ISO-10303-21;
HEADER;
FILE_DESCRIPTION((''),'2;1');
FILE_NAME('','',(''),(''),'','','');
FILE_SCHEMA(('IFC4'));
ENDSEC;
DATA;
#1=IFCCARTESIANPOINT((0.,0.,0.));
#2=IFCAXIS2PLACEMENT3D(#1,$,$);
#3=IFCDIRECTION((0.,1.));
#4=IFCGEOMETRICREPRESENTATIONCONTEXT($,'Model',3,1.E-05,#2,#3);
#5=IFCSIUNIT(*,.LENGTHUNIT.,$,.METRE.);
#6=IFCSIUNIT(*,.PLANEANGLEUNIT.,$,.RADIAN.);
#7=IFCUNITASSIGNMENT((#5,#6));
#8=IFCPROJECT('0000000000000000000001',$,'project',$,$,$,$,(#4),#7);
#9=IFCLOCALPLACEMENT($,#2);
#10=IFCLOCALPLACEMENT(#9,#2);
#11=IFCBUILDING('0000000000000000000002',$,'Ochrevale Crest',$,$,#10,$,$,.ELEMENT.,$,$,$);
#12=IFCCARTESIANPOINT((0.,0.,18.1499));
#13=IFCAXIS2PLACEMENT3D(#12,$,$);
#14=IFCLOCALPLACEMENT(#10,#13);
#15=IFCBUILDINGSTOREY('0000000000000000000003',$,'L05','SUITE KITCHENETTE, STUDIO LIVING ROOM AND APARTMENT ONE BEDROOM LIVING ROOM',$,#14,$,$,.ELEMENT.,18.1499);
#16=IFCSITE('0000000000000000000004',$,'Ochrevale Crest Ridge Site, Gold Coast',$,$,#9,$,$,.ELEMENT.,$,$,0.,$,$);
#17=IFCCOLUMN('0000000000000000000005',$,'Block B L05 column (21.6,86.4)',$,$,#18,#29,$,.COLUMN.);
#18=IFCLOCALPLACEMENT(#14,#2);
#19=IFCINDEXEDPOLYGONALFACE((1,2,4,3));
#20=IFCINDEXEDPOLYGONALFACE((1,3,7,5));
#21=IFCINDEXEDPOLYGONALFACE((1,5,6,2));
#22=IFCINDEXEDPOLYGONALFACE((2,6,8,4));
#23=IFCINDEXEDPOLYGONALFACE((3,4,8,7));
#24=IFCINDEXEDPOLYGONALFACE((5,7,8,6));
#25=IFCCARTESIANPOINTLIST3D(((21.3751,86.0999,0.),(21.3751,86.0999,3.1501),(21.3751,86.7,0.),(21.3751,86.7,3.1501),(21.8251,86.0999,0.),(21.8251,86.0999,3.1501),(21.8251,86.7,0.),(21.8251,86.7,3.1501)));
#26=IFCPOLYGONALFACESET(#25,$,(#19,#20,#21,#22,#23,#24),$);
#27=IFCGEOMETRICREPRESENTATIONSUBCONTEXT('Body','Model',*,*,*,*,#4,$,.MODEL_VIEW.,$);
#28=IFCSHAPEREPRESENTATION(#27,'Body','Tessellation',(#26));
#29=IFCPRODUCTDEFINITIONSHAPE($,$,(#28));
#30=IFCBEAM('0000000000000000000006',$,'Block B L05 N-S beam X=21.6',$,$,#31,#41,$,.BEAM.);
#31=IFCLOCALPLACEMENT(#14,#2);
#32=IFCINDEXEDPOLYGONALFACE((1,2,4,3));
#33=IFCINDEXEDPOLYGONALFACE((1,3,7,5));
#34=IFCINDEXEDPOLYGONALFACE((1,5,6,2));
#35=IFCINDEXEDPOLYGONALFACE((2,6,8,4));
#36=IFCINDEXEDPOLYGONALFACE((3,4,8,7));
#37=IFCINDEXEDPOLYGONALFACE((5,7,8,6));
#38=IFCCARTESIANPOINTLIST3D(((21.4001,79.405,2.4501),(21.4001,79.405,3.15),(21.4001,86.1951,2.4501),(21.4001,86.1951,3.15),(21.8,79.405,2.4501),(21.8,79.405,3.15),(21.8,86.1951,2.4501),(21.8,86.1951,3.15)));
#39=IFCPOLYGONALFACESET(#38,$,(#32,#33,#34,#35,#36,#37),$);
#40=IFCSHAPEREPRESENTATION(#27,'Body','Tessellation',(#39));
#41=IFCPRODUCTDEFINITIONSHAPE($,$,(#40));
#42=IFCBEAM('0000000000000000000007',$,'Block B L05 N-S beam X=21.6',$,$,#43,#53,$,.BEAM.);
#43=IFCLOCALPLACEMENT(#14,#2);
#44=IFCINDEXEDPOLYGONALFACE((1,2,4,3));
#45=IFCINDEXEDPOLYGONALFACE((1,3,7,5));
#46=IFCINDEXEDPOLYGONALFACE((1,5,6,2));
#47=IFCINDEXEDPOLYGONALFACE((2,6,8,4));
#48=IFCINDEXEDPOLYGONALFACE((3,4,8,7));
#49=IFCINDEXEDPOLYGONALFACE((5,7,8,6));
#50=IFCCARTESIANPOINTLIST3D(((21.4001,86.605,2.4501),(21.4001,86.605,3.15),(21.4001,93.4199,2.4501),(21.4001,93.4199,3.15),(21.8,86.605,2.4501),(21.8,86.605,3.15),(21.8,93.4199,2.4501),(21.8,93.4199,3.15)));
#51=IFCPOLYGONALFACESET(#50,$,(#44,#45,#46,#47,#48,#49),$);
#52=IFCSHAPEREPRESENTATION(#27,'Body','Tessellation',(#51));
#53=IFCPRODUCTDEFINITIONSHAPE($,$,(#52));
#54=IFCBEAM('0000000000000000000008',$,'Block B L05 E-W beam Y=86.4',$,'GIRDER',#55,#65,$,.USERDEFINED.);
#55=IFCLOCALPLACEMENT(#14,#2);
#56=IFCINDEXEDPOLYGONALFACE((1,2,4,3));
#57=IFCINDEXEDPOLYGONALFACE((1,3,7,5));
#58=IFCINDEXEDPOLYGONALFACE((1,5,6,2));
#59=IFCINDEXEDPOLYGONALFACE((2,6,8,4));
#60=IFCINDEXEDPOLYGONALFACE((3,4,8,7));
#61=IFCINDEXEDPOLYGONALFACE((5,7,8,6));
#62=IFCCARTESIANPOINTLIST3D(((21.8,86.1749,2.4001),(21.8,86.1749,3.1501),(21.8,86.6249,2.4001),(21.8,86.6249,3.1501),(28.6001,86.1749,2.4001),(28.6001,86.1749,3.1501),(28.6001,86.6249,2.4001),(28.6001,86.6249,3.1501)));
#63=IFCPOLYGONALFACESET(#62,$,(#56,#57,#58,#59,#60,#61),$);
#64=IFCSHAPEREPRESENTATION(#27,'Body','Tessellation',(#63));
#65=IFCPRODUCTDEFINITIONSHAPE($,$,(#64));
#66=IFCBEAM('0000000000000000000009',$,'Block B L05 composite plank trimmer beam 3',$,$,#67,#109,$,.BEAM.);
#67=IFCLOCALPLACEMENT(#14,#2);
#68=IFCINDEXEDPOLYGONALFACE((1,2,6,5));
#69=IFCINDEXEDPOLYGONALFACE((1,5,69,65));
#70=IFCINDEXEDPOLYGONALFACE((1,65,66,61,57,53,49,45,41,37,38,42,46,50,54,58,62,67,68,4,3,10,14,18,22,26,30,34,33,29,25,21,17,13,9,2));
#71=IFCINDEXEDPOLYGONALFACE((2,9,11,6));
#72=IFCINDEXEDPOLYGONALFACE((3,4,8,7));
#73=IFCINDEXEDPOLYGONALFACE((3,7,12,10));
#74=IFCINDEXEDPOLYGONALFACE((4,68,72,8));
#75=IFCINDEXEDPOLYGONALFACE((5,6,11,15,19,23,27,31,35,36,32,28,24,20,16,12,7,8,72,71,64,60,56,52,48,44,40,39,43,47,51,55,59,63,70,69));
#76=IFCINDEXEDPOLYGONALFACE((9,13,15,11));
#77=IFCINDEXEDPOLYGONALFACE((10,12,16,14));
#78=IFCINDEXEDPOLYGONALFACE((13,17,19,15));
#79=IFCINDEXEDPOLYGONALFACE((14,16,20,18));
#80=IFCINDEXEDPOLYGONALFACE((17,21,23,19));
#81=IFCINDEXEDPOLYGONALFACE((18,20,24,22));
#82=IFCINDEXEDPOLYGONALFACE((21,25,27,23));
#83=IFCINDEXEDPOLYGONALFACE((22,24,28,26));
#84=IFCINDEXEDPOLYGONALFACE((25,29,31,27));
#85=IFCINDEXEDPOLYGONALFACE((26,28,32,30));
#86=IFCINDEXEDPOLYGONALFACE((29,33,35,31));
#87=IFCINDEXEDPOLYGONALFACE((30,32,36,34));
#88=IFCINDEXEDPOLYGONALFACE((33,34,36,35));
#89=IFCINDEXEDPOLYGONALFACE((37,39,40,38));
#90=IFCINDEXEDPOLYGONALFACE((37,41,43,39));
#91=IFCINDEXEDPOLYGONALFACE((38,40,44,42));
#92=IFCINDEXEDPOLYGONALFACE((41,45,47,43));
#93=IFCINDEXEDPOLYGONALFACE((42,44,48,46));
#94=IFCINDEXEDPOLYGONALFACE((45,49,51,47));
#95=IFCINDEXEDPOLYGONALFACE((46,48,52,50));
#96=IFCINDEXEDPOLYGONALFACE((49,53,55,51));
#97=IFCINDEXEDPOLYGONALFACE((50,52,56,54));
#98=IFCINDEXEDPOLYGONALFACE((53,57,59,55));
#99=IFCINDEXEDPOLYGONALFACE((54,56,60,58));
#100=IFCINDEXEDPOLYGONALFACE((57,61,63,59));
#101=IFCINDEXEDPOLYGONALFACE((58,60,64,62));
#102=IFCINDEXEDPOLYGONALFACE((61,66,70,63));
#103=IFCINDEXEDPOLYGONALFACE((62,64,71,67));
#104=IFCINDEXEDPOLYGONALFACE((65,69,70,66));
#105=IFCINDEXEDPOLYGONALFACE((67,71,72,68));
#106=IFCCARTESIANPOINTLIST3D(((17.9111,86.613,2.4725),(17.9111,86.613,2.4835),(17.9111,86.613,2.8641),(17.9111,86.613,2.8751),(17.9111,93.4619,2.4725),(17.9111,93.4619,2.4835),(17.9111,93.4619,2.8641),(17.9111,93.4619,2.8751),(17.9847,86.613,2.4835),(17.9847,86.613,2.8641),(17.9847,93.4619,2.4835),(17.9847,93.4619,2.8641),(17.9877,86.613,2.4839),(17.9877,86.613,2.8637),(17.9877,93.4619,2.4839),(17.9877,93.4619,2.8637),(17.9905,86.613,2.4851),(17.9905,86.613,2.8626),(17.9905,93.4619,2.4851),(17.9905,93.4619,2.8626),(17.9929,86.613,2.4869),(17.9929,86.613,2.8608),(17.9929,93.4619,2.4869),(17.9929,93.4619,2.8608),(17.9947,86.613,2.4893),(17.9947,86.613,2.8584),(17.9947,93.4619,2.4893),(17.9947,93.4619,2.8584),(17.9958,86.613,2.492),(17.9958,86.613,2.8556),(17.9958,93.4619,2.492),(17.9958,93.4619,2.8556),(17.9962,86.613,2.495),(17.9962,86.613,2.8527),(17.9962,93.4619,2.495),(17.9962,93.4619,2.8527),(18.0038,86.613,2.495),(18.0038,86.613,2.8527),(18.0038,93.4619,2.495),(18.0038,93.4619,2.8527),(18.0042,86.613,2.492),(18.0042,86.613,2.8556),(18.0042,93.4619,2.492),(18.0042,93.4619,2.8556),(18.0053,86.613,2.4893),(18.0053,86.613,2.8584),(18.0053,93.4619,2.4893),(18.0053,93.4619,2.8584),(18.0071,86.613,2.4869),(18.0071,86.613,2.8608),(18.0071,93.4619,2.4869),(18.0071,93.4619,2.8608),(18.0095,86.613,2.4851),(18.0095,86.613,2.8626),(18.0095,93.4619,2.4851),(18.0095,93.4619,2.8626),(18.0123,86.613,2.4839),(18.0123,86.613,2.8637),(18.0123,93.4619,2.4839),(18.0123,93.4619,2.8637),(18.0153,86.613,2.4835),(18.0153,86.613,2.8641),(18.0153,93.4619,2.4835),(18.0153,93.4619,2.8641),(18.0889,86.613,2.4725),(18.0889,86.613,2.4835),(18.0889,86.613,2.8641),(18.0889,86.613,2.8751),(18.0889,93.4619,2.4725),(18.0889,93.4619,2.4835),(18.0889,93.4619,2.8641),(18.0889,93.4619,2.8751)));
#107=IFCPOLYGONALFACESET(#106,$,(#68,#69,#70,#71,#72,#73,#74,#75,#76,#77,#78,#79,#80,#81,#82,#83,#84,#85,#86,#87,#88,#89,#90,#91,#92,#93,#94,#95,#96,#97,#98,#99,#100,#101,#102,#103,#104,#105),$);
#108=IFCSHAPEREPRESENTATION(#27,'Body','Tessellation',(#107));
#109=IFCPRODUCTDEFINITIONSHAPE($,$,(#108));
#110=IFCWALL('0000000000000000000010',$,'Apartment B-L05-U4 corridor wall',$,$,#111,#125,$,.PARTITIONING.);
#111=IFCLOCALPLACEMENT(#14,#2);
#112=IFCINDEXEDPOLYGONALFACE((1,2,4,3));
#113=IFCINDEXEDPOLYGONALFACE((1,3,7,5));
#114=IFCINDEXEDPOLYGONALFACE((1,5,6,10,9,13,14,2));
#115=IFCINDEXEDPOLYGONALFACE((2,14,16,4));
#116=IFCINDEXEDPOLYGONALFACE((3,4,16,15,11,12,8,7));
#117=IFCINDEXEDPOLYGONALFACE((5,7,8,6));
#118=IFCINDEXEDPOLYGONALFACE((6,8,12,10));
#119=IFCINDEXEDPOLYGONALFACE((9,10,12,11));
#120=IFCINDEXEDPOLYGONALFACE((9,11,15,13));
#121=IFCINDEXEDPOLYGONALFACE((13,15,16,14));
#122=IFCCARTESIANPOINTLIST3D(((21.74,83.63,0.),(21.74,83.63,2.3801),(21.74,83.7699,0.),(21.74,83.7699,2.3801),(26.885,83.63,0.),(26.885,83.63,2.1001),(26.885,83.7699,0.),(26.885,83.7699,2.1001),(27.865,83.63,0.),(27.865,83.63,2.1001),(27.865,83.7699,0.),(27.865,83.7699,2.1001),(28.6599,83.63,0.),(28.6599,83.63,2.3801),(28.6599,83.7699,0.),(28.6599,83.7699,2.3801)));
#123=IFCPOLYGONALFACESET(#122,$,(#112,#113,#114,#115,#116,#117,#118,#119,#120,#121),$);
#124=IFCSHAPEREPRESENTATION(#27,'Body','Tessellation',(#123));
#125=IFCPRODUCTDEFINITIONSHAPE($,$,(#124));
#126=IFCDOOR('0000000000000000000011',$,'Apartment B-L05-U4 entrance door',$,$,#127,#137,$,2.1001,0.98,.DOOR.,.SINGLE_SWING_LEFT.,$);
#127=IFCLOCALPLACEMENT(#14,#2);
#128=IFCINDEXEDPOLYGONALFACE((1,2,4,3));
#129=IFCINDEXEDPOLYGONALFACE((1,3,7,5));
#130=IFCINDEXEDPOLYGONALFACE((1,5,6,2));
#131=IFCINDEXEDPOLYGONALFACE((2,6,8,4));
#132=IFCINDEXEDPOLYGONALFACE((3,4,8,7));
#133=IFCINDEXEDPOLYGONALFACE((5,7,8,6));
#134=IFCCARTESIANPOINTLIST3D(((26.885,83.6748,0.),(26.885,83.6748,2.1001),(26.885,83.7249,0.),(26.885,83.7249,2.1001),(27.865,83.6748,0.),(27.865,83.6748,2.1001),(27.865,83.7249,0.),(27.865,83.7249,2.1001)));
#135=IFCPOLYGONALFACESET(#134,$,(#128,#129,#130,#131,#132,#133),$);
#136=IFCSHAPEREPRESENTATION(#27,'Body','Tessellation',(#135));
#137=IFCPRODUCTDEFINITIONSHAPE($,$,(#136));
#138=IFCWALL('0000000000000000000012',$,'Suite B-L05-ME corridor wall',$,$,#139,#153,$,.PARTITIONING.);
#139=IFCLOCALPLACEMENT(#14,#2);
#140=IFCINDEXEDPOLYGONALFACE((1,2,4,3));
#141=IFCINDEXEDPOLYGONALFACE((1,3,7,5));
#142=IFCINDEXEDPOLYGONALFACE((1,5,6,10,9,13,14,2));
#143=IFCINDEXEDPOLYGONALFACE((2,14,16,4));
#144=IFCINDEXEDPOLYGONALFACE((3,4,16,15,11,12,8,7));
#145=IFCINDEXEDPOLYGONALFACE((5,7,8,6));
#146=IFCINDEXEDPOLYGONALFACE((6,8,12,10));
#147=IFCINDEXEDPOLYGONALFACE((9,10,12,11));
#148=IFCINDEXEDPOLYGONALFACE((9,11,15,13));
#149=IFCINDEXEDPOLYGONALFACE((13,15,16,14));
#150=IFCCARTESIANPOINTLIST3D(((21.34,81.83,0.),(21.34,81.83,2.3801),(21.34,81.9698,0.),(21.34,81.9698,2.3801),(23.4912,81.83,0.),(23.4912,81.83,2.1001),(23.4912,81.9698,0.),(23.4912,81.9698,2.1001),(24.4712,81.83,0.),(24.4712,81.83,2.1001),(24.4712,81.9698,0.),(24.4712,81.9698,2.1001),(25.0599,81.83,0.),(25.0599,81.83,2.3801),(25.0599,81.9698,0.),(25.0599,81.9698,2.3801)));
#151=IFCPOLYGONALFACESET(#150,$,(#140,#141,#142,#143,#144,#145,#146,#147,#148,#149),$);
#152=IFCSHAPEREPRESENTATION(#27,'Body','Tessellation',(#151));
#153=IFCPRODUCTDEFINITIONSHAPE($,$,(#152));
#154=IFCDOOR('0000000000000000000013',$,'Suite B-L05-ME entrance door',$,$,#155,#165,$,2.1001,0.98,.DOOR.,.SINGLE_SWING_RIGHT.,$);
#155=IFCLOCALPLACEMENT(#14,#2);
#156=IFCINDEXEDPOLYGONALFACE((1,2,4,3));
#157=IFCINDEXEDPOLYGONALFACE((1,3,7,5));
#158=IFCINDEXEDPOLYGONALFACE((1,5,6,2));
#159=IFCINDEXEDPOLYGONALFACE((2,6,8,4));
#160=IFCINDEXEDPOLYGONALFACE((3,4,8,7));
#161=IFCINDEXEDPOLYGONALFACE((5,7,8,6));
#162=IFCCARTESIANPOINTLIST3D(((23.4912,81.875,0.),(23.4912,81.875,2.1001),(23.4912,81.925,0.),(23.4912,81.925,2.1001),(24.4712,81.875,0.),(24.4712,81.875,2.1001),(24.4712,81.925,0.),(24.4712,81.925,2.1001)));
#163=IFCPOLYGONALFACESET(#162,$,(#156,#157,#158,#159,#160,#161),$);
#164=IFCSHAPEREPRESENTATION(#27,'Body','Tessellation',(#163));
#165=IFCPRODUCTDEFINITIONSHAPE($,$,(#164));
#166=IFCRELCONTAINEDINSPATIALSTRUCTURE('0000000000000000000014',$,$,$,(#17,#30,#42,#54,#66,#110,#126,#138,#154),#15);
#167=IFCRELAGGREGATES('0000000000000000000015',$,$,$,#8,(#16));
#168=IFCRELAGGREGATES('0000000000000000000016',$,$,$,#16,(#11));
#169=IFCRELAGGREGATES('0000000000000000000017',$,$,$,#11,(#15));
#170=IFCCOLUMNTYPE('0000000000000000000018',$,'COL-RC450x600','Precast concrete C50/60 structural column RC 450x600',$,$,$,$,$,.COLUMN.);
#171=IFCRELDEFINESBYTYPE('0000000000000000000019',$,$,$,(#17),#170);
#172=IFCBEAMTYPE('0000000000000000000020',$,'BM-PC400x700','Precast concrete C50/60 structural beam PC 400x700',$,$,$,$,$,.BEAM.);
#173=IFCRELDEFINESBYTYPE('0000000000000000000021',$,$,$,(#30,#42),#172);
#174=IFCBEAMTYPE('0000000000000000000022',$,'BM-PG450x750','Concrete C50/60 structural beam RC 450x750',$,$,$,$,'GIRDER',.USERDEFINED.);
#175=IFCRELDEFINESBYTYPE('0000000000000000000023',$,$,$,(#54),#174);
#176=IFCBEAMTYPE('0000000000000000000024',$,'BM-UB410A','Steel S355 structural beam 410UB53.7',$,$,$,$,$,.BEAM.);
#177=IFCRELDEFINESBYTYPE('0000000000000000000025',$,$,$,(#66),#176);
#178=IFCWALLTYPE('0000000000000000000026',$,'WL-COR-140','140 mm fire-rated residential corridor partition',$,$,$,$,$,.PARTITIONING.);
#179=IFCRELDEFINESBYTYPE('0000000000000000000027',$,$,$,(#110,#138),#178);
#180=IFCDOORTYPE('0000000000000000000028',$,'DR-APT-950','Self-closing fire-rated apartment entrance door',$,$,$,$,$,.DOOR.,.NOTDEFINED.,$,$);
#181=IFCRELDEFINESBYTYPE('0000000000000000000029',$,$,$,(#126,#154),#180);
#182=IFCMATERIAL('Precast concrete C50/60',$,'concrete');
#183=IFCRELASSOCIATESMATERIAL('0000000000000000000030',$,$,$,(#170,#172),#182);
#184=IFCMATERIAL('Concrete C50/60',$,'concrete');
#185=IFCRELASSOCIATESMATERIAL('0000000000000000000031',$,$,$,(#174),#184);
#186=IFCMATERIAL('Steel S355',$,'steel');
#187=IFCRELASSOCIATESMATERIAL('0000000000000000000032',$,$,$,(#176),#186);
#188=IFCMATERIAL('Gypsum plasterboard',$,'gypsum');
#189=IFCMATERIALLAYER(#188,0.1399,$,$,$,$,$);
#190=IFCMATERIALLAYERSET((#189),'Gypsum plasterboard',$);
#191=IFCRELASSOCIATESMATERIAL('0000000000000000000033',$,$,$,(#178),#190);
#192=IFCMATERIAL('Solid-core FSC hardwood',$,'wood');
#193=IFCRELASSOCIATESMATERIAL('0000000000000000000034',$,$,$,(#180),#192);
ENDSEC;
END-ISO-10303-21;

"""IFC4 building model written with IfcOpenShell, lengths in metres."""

from ifc_helpers import new_model, si_unit, direction, frame, frame_2d, origin, origin_2d, place, context, subcontext, project, spatial, rectangle, i_section, extrude, material, layer, layer_set, material_profile, profile_set, type_object, element, fill, save


model = new_model("IFC4")

# Units and contexts
model_context = context("Model", 3, precision=1e-05, world=origin(), true_north=direction((0.0, 1.0)))
body_context = subcontext(model_context, "Body", "Model", "MODEL_VIEW")
ifc_project = project(units=[si_unit("LENGTHUNIT", "METRE"), si_unit("PLANEANGLEUNIT", "RADIAN")], contexts=[model_context])

# Site, building, storey
site_placement = place(None, origin())
site = spatial("IfcSite", under=ifc_project, at=site_placement, Name="Ochrevale Crest Ridge Site, Gold Coast", CompositionType="ELEMENT", RefElevation=0.0)
building_placement = place(site_placement, origin())
building = spatial("IfcBuilding", under=site, at=building_placement, Name="Ochrevale Crest", CompositionType="ELEMENT")
storey_placement = place(building_placement, frame((0.0, 0.0, 18.1499)))
storey = spatial("IfcBuildingStorey", under=building, at=storey_placement, Name="L05", Description="SUITE KITCHENETTE, STUDIO LIVING ROOM AND APARTMENT ONE BEDROOM LIVING ROOM", CompositionType="ELEMENT", Elevation=18.1499)

# Column
ifc_material_1 = material(Name="Precast concrete C50/60", Category="concrete")
ifc_material_profile_1 = material_profile(ifc_material_1, rectangle(XDim=0.45, YDim=0.6001, at=origin_2d()), Name="RC 450x600")
ifc_profile_set_1 = profile_set([ifc_material_profile_1], Name="Precast concrete C50/60")
column_type = type_object("IfcColumnType", Name="COL-RC450x600", Description="Precast concrete C50/60 structural column RC 450x600", PredefinedType="COLUMN", material=ifc_profile_set_1)
column_placement = place(storey_placement, frame((21.6001, 86.3999, 0.0), z_axis=(0.0, 0.0, 1.0), x_axis=(1.0, 0.0, 0.0)))
element("IfcColumn", 1, at=column_placement, inside=storey, type_object=column_type, Name="Block B L05 column (21.6,86.4)", PredefinedType="COLUMN", context=body_context, shape_type="SweptSolid", body=[
    extrude(rectangle(XDim=0.45, YDim=0.6001, at=origin_2d()), origin(), (0.0, 0.0, 1.0), 3.1501),
])

# Beams
ifc_material_profile_2 = material_profile(ifc_material_1, rectangle(XDim=0.3999, YDim=0.7, at=origin_2d()), Name="PC 400x700")
ifc_profile_set_2 = profile_set([ifc_material_profile_2], Name="Precast concrete C50/60")
beam_type_1 = type_object("IfcBeamType", Name="BM-PC400x700", Description="Precast concrete C50/60 structural beam PC 400x700", PredefinedType="BEAM", material=ifc_profile_set_2)
beam_1_placement = place(storey_placement, frame((21.6001, 79.405, 2.8), z_axis=(0.0, 1.0, 0.0), x_axis=(-1.0, 0.0, 0.0)))
element("IfcBeam", 2, at=beam_1_placement, inside=storey, type_object=beam_type_1, Name="Block B L05 N-S beam X=21.6", PredefinedType="BEAM", context=body_context, shape_type="SweptSolid", body=[
    extrude(rectangle(XDim=0.3999, YDim=0.7, at=origin_2d()), origin(), (0.0, 0.0, 1.0), 6.79),
])
beam_2_placement = place(storey_placement, frame((21.6001, 86.605, 2.8), z_axis=(0.0, 1.0, 0.0), x_axis=(-1.0, 0.0, 0.0)))
element("IfcBeam", 3, at=beam_2_placement, inside=storey, type_object=beam_type_1, Name="Block B L05 N-S beam X=21.6", PredefinedType="BEAM", context=body_context, shape_type="SweptSolid", body=[
    extrude(rectangle(XDim=0.3999, YDim=0.7, at=origin_2d()), origin(), (0.0, 0.0, 1.0), 6.8149),
])
ifc_material_2 = material(Name="Concrete C50/60", Category="concrete")
ifc_material_profile_3 = material_profile(ifc_material_2, rectangle(XDim=0.45, YDim=0.75, at=origin_2d()), Name="RC 450x750")
ifc_profile_set_3 = profile_set([ifc_material_profile_3], Name="Concrete C50/60")
beam_type_2 = type_object("IfcBeamType", Name="BM-PG450x750", Description="Concrete C50/60 structural beam RC 450x750", ElementType="GIRDER", PredefinedType="USERDEFINED", material=ifc_profile_set_3)
beam_3_placement = place(storey_placement, frame((21.8, 86.3999, 2.7751), z_axis=(1.0, 0.0, 0.0), x_axis=(0.0, 1.0, 0.0)))
element("IfcBeam", 4, at=beam_3_placement, inside=storey, type_object=beam_type_2, Name="Block B L05 E-W beam Y=86.4", ObjectType="GIRDER", PredefinedType="USERDEFINED", context=body_context, shape_type="SweptSolid", body=[
    extrude(rectangle(XDim=0.45, YDim=0.75, at=origin_2d()), origin(), (0.0, 0.0, 1.0), 6.8),
])
ifc_material_3 = material(Name="Steel S355", Category="steel")
ifc_material_profile_4 = material_profile(ifc_material_3, i_section(OverallWidth=0.1777, OverallDepth=0.4026, WebThickness=0.0076, FlangeThickness=0.011, FilletRadius=0.0115, at=origin_2d()), Name="410UB53.7")
ifc_profile_set_4 = profile_set([ifc_material_profile_4], Name="Steel S355")
beam_type_3 = type_object("IfcBeamType", Name="BM-UB410A", Description="Steel S355 structural beam 410UB53.7", PredefinedType="BEAM", material=ifc_profile_set_4)
beam_4_placement = place(storey_placement, frame((18.0, 86.613, 2.6738), z_axis=(0.0, 1.0, 0.0), x_axis=(-1.0, 0.0, 0.0)))
element("IfcBeam", 5, at=beam_4_placement, inside=storey, type_object=beam_type_3, Name="Block B L05 composite plank trimmer beam 3", PredefinedType="BEAM", context=body_context, shape_type="SweptSolid", body=[
    extrude(i_section(OverallWidth=0.1777, OverallDepth=0.4026, WebThickness=0.0076, FlangeThickness=0.011, FilletRadius=0.0115, at=origin_2d()), origin(), (0.0, 0.0, 1.0), 6.8489),
])

# Walls, openings, doors
ifc_material_4 = material(Name="Gypsum plasterboard", Category="gypsum")
ifc_layer_1 = layer(ifc_material_4, 0.1399)
ifc_layer_set_1 = layer_set([ifc_layer_1], Name="Gypsum plasterboard")
wall_type_1 = type_object("IfcWallType", Name="WL-COR-140", Description="140 mm fire-rated residential corridor partition", PredefinedType="PARTITIONING", material=ifc_layer_set_1)
wall_1_placement = place(storey_placement, frame((21.74, 83.7, 0.0), z_axis=(0.0, 0.0, 1.0), x_axis=(1.0, 0.0, 0.0)))
wall_1 = element("IfcWall", 6, at=wall_1_placement, inside=storey, type_object=wall_type_1, Name="Apartment B-L05-U4 corridor wall", PredefinedType="PARTITIONING", context=body_context, shape_type="SweptSolid", body=[
    extrude(rectangle(XDim=6.9199, YDim=0.1399, at=frame_2d((3.46, 0.0))), origin(), (0.0, 0.0, 1.0), 2.3801),
])
opening_1_placement = place(wall_1_placement, frame((5.145, 0.0, 0.0)))
opening_1 = element("IfcOpeningElement", 7, at=opening_1_placement, cuts=wall_1, PredefinedType="OPENING", context=body_context, shape_type="SweptSolid", body=[
    extrude(rectangle(XDim=0.98, YDim=2.1001, at=frame_2d((0.49, 1.05))), frame((0.0, 0.0801, 0.0), z_axis=(0.0, -1.0, 0.0), x_axis=(1.0, 0.0, 0.0)), (0.0, 0.0, 1.0), 0.1599),
])
ifc_material_5 = material(Name="Solid-core FSC hardwood", Category="wood")
door_type_1 = type_object("IfcDoorType", Name="DR-APT-950", Description="Self-closing fire-rated apartment entrance door", OperationType="NOTDEFINED", PredefinedType="DOOR", material=ifc_material_5)
door_1_placement = place(opening_1_placement, origin())
door_1 = element("IfcDoor", 8, at=door_1_placement, inside=storey, type_object=door_type_1, Name="Apartment B-L05-U4 entrance door", OperationType="SINGLE_SWING_LEFT", OverallHeight=2.1001, OverallWidth=0.98, PredefinedType="DOOR", context=body_context, shape_type="SweptSolid", body=[
    extrude(rectangle(XDim=0.98, YDim=2.1001, at=frame_2d((0.49, 1.05))), frame((0.0, 0.0249, 0.0), z_axis=(0.0, -1.0, 0.0), x_axis=(1.0, 0.0, 0.0)), (0.0, 0.0, 1.0), 0.05),
])
fill(opening_1, door_1)
wall_2_placement = place(storey_placement, frame((21.3401, 81.8999, 0.0), z_axis=(0.0, 0.0, 1.0), x_axis=(1.0, 0.0, 0.0)))
wall_2 = element("IfcWall", 9, at=wall_2_placement, inside=storey, type_object=wall_type_1, Name="Suite B-L05-ME corridor wall", PredefinedType="PARTITIONING", context=body_context, shape_type="SweptSolid", body=[
    extrude(rectangle(XDim=3.72, YDim=0.1399, at=frame_2d((1.8599, 0.0))), origin(), (0.0, 0.0, 1.0), 2.3801),
])
opening_2_placement = place(wall_2_placement, frame((3.1311, 0.0, 0.0), z_axis=(0.0, 0.0, 1.0), x_axis=(-1.0, 0.0, 0.0)))
opening_2 = element("IfcOpeningElement", 10, at=opening_2_placement, cuts=wall_2, PredefinedType="OPENING", context=body_context, shape_type="SweptSolid", body=[
    extrude(rectangle(XDim=0.98, YDim=2.1001, at=frame_2d((0.49, 1.05))), frame((0.0, 0.0801, 0.0), z_axis=(0.0, -1.0, 0.0), x_axis=(1.0, 0.0, 0.0)), (0.0, 0.0, 1.0), 0.1599),
])
door_2_placement = place(opening_2_placement, origin())
door_2 = element("IfcDoor", 11, at=door_2_placement, inside=storey, type_object=door_type_1, Name="Suite B-L05-ME entrance door", OperationType="SINGLE_SWING_RIGHT", OverallHeight=2.1001, OverallWidth=0.98, PredefinedType="DOOR", context=body_context, shape_type="SweptSolid", body=[
    extrude(rectangle(XDim=0.98, YDim=2.1001, at=frame_2d((0.49, 1.05))), frame((0.0, 0.0249, 0.0), z_axis=(0.0, -1.0, 0.0), x_axis=(1.0, 0.0, 0.0)), (0.0, 0.0, 1.0), 0.05),
])
fill(opening_2, door_2)

save(model, "model.ifc")
